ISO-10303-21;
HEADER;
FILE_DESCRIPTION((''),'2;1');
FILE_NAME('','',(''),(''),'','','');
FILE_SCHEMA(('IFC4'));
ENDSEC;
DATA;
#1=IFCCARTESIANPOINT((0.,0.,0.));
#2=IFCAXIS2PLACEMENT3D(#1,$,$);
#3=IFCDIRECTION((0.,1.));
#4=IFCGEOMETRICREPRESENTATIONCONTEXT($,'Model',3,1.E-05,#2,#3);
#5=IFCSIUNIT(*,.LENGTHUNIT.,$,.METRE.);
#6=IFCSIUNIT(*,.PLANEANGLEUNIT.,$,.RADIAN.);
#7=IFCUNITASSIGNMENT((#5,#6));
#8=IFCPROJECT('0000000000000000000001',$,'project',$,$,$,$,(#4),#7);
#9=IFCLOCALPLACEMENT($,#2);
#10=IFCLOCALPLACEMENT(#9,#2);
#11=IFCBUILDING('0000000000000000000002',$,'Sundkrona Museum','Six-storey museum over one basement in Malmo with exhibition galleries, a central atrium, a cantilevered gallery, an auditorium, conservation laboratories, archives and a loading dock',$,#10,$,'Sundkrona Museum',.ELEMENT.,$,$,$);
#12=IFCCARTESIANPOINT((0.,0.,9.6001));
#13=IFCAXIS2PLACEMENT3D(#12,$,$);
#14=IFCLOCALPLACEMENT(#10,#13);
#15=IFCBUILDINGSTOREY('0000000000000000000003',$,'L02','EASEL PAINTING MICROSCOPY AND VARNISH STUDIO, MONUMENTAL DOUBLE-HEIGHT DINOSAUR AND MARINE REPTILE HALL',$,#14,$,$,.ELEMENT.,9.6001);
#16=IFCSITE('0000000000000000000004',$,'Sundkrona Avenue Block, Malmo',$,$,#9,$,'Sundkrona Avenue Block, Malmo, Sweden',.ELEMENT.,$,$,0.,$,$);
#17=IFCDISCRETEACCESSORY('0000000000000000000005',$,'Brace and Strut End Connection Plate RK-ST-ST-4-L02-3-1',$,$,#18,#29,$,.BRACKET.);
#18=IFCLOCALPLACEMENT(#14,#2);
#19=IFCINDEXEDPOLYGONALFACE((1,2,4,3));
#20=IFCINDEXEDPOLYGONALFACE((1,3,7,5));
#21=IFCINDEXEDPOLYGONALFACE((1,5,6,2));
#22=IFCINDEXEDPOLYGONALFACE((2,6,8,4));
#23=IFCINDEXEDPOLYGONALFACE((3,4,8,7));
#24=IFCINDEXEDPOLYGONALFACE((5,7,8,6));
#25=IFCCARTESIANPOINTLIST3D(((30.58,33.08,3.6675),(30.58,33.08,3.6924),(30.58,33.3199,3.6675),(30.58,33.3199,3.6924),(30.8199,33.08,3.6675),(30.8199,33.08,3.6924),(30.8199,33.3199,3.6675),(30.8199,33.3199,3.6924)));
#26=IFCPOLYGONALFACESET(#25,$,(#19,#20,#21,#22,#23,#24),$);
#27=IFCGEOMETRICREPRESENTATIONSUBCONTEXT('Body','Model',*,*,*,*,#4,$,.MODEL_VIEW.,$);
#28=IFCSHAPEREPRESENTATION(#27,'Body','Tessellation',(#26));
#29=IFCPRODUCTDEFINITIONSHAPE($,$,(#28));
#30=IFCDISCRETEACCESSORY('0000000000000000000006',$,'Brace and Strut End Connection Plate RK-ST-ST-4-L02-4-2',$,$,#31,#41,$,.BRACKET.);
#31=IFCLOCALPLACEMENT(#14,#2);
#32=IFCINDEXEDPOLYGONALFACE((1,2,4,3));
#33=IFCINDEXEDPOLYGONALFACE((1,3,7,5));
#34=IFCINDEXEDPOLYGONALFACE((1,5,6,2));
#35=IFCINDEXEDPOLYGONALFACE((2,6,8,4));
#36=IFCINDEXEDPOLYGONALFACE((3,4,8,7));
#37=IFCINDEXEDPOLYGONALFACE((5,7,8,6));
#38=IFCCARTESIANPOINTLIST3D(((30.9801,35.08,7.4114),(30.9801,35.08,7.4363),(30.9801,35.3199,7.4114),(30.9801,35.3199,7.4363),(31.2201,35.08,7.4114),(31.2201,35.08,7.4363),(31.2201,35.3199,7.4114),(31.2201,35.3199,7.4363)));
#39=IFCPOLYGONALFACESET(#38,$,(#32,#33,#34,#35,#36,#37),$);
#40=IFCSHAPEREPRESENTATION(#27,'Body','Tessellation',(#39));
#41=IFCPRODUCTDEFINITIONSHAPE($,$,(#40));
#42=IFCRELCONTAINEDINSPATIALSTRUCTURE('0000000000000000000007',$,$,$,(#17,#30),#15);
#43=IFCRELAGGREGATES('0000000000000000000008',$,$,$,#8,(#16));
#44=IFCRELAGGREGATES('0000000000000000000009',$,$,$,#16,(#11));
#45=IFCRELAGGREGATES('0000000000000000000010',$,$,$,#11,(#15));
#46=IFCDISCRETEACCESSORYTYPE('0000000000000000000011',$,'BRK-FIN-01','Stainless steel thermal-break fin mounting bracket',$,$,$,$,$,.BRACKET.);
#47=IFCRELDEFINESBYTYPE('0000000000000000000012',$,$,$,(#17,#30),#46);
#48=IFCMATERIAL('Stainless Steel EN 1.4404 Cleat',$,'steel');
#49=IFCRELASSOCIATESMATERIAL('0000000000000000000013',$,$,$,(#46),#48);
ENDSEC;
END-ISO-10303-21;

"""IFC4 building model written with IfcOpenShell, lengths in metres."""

from ifc_helpers import new_model, si_unit, direction, frame, origin, origin_2d, place, context, subcontext, project, spatial, rectangle, extrude, material, type_object, element, save


model = new_model("IFC4")

# Units and contexts
model_context = context("Model", 3, precision=1e-05, world=origin(), true_north=direction((0.0, 1.0)))
body_context = subcontext(model_context, "Body", "Model", "MODEL_VIEW")
ifc_project = project(units=[si_unit("LENGTHUNIT", "METRE"), si_unit("PLANEANGLEUNIT", "RADIAN")], contexts=[model_context])

# Site, building, storey
site_placement = place(None, origin())
site = spatial("IfcSite", under=ifc_project, at=site_placement, Name="Sundkrona Avenue Block, Malmo", LongName="Sundkrona Avenue Block, Malmo, Sweden", CompositionType="ELEMENT", RefElevation=0.0)
building_placement = place(site_placement, origin())
building = spatial("IfcBuilding", under=site, at=building_placement, Name="Sundkrona Museum", Description="Six-storey museum over one basement in Malmo with exhibition galleries, a central atrium, a cantilevered gallery, an auditorium, conservation laboratories, archives and a loading dock", LongName="Sundkrona Museum", CompositionType="ELEMENT")
storey_placement = place(building_placement, frame((0.0, 0.0, 9.6001)))
storey = spatial("IfcBuildingStorey", under=building, at=storey_placement, Name="L02", Description="EASEL PAINTING MICROSCOPY AND VARNISH STUDIO, MONUMENTAL DOUBLE-HEIGHT DINOSAUR AND MARINE REPTILE HALL", CompositionType="ELEMENT", Elevation=9.6001)

# Discrete accessories
ifc_material_1 = material(Name="Stainless Steel EN 1.4404 Cleat", Category="steel")
discrete_accessory_type = type_object("IfcDiscreteAccessoryType", Name="BRK-FIN-01", Description="Stainless steel thermal-break fin mounting bracket", PredefinedType="BRACKET", material=ifc_material_1)
for number, where, z_axis, x_axis, name in (
    (1, (30.7, 33.2, 3.6675), (0.0, 0.0, 1.0), (1.0, 0.0, 0.0), "Brace and Strut End Connection Plate RK-ST-ST-4-L02-3-1"),
    (2, (31.1001, 35.2, 7.4114), (0.0, 0.0, 1.0), (1.0, 0.0, 0.0), "Brace and Strut End Connection Plate RK-ST-ST-4-L02-4-2"),
):
    element("IfcDiscreteAccessory", number, at=place(storey_placement, frame(where, z_axis=z_axis, x_axis=x_axis)), inside=storey, type_object=discrete_accessory_type, Name=name, PredefinedType="BRACKET", context=body_context, shape_type="SweptSolid", body=[
        extrude(rectangle(XDim=0.24, YDim=0.24, at=origin_2d()), origin(), (0.0, 0.0, 1.0), 0.0249),
    ])

save(model, "model.ifc")
